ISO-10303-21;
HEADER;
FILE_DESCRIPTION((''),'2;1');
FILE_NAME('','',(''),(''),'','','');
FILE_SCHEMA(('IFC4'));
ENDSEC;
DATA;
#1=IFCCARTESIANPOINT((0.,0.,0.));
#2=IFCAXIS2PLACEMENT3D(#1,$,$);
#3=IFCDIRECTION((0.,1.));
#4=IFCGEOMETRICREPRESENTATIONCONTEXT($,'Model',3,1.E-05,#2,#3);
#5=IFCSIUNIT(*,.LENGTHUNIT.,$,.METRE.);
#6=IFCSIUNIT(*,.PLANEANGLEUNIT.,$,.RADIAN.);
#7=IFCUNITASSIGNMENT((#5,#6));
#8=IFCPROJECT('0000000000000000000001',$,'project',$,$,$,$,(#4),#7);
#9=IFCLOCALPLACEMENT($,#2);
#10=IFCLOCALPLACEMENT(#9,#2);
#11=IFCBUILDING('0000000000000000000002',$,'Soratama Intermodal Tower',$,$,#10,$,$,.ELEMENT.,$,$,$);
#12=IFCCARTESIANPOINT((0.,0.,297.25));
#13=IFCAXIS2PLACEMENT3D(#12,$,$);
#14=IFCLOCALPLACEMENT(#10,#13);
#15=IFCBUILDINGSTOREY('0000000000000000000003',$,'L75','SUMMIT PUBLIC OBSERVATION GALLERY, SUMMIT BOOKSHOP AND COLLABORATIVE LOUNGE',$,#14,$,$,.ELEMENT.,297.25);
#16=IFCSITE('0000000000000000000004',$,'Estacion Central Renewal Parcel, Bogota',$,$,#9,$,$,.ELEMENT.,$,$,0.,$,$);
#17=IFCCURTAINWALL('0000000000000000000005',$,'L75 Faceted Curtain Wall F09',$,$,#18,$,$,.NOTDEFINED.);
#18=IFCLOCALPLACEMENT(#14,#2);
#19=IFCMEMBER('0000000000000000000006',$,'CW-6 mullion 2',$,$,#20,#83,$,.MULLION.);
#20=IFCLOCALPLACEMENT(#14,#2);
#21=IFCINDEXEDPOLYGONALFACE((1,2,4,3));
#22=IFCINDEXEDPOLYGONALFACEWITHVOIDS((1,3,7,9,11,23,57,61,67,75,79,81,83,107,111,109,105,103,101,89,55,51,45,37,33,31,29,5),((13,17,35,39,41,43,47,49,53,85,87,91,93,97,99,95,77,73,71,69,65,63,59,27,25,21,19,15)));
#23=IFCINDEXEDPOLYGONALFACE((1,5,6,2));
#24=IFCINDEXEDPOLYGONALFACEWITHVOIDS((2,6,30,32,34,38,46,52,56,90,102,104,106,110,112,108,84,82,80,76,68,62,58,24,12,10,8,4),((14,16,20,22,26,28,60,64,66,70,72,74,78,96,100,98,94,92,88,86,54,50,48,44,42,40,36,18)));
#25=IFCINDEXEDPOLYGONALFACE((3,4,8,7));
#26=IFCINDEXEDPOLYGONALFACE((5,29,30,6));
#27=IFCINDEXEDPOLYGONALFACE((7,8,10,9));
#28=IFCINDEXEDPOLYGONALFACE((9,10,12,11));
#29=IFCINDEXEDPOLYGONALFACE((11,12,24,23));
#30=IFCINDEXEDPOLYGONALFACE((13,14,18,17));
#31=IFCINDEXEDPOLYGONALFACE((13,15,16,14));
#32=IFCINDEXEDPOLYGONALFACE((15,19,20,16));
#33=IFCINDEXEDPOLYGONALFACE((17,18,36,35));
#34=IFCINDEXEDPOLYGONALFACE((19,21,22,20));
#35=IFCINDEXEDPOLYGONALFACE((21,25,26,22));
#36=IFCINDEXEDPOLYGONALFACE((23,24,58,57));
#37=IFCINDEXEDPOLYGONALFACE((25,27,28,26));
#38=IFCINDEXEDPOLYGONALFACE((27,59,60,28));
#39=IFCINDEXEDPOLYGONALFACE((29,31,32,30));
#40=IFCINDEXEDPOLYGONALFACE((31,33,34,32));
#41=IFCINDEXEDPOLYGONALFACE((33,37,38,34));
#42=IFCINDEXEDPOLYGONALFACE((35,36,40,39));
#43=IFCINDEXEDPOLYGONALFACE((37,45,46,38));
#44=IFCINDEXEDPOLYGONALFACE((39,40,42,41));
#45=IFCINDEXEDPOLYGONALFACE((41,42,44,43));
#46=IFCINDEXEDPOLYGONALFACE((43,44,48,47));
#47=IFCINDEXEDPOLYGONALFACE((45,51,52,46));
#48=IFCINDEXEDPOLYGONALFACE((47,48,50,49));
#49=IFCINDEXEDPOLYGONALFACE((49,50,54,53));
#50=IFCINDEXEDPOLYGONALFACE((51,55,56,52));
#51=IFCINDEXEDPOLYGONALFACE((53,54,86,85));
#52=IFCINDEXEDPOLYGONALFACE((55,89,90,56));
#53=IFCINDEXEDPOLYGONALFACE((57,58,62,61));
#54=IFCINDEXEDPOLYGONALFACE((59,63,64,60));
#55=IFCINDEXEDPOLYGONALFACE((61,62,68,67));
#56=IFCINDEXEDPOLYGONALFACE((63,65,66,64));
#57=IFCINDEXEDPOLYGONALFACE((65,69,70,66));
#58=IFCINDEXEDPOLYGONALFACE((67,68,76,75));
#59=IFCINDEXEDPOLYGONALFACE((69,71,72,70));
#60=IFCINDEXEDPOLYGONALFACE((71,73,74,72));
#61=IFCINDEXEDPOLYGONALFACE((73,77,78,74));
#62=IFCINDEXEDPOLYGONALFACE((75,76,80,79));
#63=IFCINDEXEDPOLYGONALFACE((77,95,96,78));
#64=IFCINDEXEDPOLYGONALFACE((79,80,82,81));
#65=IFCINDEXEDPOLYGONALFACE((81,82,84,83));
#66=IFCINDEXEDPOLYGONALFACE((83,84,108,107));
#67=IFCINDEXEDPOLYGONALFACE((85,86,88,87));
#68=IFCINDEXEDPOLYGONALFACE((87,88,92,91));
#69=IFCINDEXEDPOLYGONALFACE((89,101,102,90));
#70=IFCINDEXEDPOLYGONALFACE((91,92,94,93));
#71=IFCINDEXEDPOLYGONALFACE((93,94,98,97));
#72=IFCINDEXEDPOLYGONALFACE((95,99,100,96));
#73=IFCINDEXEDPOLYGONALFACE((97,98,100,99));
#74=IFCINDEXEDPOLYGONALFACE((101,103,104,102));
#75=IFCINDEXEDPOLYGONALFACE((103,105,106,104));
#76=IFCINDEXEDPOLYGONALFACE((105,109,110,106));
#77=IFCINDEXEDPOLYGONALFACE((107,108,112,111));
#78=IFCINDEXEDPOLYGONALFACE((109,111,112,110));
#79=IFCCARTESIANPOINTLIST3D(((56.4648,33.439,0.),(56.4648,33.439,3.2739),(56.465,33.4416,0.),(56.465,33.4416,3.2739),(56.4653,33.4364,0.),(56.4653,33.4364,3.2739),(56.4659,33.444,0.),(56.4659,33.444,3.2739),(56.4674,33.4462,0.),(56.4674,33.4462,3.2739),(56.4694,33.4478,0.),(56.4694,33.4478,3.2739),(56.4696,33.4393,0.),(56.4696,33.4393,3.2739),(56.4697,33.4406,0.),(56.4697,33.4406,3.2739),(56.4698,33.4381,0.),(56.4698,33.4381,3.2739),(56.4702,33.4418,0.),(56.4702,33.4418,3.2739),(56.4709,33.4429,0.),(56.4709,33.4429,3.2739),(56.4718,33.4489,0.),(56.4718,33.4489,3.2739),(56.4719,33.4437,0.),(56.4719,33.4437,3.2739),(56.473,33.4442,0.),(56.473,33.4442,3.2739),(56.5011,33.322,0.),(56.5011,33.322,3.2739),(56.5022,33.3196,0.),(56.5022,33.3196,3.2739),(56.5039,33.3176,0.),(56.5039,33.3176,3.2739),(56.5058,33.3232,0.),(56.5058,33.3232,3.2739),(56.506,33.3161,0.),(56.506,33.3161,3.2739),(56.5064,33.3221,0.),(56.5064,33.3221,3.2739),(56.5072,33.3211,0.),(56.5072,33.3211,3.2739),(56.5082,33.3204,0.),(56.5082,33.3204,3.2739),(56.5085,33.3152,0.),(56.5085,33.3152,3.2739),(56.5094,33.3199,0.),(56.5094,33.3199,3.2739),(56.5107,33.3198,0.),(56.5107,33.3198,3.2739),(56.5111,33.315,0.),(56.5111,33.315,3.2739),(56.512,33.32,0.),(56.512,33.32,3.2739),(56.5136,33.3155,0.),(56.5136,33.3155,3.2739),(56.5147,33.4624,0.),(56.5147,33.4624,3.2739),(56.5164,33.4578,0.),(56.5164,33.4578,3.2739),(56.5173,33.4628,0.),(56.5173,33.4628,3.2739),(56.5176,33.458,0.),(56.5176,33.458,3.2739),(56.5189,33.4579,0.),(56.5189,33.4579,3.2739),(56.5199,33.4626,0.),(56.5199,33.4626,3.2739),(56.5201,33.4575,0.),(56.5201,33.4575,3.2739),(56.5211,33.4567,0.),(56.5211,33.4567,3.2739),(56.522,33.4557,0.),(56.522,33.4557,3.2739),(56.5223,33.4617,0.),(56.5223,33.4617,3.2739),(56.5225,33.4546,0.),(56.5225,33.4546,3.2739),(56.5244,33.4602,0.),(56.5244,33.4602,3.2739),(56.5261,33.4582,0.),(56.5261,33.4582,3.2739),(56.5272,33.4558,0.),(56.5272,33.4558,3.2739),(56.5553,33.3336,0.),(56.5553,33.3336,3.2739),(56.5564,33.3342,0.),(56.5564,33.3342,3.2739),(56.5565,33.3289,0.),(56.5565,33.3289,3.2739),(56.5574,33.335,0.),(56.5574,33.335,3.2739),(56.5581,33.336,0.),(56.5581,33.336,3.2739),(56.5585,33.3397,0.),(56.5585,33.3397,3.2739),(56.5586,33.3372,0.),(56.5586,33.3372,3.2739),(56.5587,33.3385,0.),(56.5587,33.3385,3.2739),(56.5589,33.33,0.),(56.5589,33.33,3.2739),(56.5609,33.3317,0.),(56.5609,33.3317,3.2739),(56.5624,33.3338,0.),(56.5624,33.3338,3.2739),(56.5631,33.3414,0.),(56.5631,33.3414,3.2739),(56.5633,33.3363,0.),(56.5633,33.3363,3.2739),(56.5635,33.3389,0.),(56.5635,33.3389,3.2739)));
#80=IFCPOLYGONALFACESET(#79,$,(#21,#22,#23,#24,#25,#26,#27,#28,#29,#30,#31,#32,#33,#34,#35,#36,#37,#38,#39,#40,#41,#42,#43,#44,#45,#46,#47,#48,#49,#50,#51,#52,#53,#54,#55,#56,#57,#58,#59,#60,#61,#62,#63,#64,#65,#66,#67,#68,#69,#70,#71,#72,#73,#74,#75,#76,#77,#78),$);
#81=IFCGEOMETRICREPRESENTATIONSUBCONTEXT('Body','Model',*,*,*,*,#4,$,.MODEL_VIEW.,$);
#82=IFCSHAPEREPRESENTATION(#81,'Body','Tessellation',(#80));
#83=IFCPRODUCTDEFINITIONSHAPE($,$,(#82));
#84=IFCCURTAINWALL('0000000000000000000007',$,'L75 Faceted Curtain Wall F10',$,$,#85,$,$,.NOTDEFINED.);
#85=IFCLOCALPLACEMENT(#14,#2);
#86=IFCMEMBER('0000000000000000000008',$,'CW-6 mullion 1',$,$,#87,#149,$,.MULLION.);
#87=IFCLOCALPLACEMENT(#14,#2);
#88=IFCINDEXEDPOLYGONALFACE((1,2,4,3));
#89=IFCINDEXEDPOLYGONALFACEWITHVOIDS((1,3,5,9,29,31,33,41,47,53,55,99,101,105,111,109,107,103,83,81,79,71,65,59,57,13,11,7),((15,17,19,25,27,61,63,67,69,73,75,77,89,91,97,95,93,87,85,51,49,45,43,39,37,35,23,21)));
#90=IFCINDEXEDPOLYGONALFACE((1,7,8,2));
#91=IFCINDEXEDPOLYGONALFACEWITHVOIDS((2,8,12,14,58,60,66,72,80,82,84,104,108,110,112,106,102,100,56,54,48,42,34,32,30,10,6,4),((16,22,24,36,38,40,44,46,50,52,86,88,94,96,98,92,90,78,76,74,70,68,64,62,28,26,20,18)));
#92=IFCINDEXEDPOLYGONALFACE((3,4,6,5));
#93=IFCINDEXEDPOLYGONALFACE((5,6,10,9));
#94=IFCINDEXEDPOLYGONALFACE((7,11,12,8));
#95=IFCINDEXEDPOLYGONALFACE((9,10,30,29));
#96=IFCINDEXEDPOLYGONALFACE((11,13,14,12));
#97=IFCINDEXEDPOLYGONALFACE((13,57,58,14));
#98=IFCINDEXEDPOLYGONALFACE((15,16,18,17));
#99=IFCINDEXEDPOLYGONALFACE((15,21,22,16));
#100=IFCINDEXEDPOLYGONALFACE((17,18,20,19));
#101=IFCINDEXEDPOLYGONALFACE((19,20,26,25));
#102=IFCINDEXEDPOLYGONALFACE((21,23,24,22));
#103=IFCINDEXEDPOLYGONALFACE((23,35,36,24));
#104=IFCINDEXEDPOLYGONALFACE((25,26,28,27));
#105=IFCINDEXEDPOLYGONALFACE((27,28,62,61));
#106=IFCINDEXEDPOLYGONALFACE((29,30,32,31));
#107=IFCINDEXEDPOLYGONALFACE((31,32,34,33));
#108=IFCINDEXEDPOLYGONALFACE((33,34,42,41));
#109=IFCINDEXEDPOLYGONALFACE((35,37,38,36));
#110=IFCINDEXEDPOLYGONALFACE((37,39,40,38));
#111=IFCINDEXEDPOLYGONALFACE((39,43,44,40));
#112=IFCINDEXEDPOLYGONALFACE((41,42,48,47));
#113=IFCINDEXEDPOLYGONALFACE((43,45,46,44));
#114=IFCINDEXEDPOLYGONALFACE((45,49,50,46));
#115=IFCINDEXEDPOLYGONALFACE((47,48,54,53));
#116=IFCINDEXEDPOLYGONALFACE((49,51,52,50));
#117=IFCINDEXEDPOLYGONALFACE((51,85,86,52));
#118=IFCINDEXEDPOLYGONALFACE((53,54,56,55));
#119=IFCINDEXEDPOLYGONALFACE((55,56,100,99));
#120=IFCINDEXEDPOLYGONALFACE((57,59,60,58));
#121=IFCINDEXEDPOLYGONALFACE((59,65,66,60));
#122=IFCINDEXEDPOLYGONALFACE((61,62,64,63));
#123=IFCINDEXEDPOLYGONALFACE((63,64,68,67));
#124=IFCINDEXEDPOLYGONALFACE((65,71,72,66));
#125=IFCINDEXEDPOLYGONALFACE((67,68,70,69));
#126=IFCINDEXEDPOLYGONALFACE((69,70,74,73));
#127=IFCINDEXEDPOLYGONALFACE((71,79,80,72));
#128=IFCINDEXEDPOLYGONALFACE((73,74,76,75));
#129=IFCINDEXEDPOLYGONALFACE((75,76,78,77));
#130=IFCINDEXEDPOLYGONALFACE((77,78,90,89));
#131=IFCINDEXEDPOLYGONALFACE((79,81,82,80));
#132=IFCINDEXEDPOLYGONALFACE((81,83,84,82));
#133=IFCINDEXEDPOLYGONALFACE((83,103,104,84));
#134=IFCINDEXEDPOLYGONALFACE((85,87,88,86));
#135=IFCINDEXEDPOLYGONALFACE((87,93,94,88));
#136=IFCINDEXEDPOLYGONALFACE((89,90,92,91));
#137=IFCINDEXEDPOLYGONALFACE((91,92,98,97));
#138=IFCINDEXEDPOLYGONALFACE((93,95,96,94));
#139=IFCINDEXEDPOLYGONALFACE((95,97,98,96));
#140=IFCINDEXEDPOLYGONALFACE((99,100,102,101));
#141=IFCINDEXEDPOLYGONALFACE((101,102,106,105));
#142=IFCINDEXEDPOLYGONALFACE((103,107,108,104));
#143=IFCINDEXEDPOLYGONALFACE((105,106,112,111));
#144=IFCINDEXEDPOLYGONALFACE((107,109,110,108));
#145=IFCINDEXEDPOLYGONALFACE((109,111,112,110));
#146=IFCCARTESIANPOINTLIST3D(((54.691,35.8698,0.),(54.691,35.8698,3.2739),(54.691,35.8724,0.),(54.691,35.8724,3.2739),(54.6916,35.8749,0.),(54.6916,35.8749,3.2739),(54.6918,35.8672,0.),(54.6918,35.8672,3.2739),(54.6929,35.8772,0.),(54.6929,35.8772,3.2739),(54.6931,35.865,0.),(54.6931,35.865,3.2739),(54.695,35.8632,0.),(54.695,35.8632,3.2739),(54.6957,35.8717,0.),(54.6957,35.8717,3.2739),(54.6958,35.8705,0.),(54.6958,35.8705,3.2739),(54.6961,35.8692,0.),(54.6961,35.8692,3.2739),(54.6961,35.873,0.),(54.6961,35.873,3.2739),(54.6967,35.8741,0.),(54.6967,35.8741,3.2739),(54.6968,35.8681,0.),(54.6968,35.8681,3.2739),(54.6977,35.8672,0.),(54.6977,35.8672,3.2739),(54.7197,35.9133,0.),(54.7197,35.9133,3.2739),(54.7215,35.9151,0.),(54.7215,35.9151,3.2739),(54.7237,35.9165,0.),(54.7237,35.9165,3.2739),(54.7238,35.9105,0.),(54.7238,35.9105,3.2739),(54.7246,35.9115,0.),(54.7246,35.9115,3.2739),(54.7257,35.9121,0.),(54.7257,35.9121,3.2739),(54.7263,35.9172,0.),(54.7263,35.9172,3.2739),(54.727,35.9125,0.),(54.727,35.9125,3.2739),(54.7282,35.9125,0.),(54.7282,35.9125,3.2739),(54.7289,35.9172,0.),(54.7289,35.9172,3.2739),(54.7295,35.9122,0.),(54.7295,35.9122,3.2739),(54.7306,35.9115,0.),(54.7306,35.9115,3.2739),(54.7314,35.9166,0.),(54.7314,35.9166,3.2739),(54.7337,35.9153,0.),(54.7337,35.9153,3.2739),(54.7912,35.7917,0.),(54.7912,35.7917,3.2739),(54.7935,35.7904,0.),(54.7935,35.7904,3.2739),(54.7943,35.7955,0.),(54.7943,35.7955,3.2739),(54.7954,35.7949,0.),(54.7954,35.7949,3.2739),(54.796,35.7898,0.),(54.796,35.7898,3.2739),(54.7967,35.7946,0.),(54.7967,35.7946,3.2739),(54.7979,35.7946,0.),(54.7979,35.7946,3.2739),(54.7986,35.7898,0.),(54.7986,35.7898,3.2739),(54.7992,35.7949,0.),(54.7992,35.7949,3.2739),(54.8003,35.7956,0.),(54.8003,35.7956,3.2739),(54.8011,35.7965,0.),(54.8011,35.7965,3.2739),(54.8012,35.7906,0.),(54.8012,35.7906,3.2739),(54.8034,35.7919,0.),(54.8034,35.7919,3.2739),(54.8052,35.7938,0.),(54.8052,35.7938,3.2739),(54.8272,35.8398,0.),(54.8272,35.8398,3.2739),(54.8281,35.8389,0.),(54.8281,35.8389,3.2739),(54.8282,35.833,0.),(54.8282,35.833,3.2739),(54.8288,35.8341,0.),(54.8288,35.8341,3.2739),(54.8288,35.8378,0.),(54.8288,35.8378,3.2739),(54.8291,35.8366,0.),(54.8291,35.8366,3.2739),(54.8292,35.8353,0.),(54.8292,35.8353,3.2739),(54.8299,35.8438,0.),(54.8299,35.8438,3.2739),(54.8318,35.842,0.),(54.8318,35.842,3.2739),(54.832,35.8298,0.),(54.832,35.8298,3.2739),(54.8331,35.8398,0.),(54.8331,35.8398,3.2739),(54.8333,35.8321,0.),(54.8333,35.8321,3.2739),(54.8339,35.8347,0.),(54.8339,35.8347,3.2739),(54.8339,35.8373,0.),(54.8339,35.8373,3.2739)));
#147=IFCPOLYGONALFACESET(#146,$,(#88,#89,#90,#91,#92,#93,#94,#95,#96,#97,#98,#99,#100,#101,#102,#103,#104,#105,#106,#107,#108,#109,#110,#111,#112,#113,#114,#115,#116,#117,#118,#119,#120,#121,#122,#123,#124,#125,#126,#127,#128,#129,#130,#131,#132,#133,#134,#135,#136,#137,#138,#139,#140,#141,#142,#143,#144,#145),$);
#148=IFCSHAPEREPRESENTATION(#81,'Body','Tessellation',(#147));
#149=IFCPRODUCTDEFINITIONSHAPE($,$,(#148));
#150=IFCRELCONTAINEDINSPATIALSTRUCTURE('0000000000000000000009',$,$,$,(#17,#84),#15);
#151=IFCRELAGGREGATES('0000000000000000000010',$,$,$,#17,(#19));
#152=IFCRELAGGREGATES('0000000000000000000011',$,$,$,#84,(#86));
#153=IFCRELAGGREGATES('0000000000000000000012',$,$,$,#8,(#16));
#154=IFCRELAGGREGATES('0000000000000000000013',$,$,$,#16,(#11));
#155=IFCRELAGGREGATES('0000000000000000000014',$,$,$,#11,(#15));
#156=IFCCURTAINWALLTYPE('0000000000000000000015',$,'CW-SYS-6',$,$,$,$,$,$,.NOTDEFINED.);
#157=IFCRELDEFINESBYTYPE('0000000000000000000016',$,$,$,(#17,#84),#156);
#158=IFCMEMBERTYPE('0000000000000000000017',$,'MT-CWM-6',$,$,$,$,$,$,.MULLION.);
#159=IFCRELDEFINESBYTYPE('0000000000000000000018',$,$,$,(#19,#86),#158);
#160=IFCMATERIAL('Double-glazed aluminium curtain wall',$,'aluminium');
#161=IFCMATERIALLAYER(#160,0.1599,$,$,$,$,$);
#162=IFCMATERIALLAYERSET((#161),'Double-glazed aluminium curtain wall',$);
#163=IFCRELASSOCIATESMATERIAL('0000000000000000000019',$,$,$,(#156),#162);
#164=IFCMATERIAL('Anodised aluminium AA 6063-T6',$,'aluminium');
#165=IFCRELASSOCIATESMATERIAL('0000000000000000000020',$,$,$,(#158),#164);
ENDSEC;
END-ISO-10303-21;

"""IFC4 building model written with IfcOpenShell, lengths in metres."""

from ifc_helpers import new_model, si_unit, direction, frame, origin, origin_2d, place, context, subcontext, project, spatial, hollow_rectangle, extrude, material, layer, layer_set, material_profile, profile_set, type_object, element, aggregate, save


model = new_model("IFC4")

# Units and contexts
model_context = context("Model", 3, precision=1e-05, world=origin(), true_north=direction((0.0, 1.0)))
body_context = subcontext(model_context, "Body", "Model", "MODEL_VIEW")
ifc_project = project(units=[si_unit("LENGTHUNIT", "METRE"), si_unit("PLANEANGLEUNIT", "RADIAN")], contexts=[model_context])

# Site, building, storey
site_placement = place(None, origin())
site = spatial("IfcSite", under=ifc_project, at=site_placement, Name="Estacion Central Renewal Parcel, Bogota", CompositionType="ELEMENT", RefElevation=0.0)
building_placement = place(site_placement, origin())
building = spatial("IfcBuilding", under=site, at=building_placement, Name="Soratama Intermodal Tower", CompositionType="ELEMENT")
storey_placement = place(building_placement, frame((0.0, 0.0, 297.25)))
storey = spatial("IfcBuildingStorey", under=building, at=storey_placement, Name="L75", Description="SUMMIT PUBLIC OBSERVATION GALLERY, SUMMIT BOOKSHOP AND COLLABORATIVE LOUNGE", CompositionType="ELEMENT", Elevation=297.25)

# Shared definitions
ifc_material_1 = material(Name="Double-glazed aluminium curtain wall", Category="aluminium")
ifc_layer_1 = layer(ifc_material_1, 0.1599)
ifc_layer_set_1 = layer_set([ifc_layer_1], Name="Double-glazed aluminium curtain wall")
curtain_wall_type = type_object("IfcCurtainWallType", Name="CW-SYS-6", PredefinedType="NOTDEFINED", material=ifc_layer_set_1)
ifc_material_2 = material(Name="Anodised aluminium AA 6063-T6", Category="aluminium")
ifc_material_profile_1 = material_profile(ifc_material_2, hollow_rectangle(XDim=0.0649, YDim=0.1399, WallThickness=0.0049, InnerFilletRadius=0.0049, OuterFilletRadius=0.01, at=origin_2d()), Name="CWM140X65X5")
ifc_profile_set_1 = profile_set([ifc_material_profile_1], Name="Anodised aluminium AA 6063-T6")
member_type_1 = type_object("IfcMemberType", Name="MT-CWM-6", PredefinedType="MULLION", material=ifc_profile_set_1)

# Curtain walls, members
curtain_wall_1_placement = place(storey_placement, origin())
curtain_wall_1 = element("IfcCurtainWall", 1, at=curtain_wall_1_placement, inside=storey, type_object=curtain_wall_type, Name="L75 Faceted Curtain Wall F09", PredefinedType="NOTDEFINED")
member_1_placement = place(storey_placement, frame((56.5142, 33.3889, 0.0), z_axis=(0.0, 0.0, 1.0), x_axis=(-0.954241, -0.29904, 0.0)))
member_1 = element("IfcMember", 2, at=member_1_placement, type_object=member_type_1, Name="CW-6 mullion 2", PredefinedType="MULLION", context=body_context, shape_type="SweptSolid", body=[
    extrude(hollow_rectangle(XDim=0.0649, YDim=0.1399, WallThickness=0.0049, InnerFilletRadius=0.0049, OuterFilletRadius=0.01, at=origin_2d()), origin(), (0.0, 0.0, 1.0), 3.2739),
])
curtain_wall_2_placement = place(storey_placement, origin())
curtain_wall_2 = element("IfcCurtainWall", 3, at=curtain_wall_2_placement, inside=storey, type_object=curtain_wall_type, Name="L75 Faceted Curtain Wall F10", PredefinedType="NOTDEFINED")
member_2_placement = place(storey_placement, frame((54.7625, 35.8535, 0.0), z_axis=(0.0, 0.0, 1.0), x_axis=(-0.596228, -0.802815, 0.0)))
member_2 = element("IfcMember", 4, at=member_2_placement, type_object=member_type_1, Name="CW-6 mullion 1", PredefinedType="MULLION", context=body_context, shape_type="SweptSolid", body=[
    extrude(hollow_rectangle(XDim=0.0649, YDim=0.1399, WallThickness=0.0049, InnerFilletRadius=0.0049, OuterFilletRadius=0.01, at=origin_2d()), origin(), (0.0, 0.0, 1.0), 3.2739),
])

aggregate(curtain_wall_1, [member_1])
aggregate(curtain_wall_2, [member_2])

save(model, "model.ifc")
